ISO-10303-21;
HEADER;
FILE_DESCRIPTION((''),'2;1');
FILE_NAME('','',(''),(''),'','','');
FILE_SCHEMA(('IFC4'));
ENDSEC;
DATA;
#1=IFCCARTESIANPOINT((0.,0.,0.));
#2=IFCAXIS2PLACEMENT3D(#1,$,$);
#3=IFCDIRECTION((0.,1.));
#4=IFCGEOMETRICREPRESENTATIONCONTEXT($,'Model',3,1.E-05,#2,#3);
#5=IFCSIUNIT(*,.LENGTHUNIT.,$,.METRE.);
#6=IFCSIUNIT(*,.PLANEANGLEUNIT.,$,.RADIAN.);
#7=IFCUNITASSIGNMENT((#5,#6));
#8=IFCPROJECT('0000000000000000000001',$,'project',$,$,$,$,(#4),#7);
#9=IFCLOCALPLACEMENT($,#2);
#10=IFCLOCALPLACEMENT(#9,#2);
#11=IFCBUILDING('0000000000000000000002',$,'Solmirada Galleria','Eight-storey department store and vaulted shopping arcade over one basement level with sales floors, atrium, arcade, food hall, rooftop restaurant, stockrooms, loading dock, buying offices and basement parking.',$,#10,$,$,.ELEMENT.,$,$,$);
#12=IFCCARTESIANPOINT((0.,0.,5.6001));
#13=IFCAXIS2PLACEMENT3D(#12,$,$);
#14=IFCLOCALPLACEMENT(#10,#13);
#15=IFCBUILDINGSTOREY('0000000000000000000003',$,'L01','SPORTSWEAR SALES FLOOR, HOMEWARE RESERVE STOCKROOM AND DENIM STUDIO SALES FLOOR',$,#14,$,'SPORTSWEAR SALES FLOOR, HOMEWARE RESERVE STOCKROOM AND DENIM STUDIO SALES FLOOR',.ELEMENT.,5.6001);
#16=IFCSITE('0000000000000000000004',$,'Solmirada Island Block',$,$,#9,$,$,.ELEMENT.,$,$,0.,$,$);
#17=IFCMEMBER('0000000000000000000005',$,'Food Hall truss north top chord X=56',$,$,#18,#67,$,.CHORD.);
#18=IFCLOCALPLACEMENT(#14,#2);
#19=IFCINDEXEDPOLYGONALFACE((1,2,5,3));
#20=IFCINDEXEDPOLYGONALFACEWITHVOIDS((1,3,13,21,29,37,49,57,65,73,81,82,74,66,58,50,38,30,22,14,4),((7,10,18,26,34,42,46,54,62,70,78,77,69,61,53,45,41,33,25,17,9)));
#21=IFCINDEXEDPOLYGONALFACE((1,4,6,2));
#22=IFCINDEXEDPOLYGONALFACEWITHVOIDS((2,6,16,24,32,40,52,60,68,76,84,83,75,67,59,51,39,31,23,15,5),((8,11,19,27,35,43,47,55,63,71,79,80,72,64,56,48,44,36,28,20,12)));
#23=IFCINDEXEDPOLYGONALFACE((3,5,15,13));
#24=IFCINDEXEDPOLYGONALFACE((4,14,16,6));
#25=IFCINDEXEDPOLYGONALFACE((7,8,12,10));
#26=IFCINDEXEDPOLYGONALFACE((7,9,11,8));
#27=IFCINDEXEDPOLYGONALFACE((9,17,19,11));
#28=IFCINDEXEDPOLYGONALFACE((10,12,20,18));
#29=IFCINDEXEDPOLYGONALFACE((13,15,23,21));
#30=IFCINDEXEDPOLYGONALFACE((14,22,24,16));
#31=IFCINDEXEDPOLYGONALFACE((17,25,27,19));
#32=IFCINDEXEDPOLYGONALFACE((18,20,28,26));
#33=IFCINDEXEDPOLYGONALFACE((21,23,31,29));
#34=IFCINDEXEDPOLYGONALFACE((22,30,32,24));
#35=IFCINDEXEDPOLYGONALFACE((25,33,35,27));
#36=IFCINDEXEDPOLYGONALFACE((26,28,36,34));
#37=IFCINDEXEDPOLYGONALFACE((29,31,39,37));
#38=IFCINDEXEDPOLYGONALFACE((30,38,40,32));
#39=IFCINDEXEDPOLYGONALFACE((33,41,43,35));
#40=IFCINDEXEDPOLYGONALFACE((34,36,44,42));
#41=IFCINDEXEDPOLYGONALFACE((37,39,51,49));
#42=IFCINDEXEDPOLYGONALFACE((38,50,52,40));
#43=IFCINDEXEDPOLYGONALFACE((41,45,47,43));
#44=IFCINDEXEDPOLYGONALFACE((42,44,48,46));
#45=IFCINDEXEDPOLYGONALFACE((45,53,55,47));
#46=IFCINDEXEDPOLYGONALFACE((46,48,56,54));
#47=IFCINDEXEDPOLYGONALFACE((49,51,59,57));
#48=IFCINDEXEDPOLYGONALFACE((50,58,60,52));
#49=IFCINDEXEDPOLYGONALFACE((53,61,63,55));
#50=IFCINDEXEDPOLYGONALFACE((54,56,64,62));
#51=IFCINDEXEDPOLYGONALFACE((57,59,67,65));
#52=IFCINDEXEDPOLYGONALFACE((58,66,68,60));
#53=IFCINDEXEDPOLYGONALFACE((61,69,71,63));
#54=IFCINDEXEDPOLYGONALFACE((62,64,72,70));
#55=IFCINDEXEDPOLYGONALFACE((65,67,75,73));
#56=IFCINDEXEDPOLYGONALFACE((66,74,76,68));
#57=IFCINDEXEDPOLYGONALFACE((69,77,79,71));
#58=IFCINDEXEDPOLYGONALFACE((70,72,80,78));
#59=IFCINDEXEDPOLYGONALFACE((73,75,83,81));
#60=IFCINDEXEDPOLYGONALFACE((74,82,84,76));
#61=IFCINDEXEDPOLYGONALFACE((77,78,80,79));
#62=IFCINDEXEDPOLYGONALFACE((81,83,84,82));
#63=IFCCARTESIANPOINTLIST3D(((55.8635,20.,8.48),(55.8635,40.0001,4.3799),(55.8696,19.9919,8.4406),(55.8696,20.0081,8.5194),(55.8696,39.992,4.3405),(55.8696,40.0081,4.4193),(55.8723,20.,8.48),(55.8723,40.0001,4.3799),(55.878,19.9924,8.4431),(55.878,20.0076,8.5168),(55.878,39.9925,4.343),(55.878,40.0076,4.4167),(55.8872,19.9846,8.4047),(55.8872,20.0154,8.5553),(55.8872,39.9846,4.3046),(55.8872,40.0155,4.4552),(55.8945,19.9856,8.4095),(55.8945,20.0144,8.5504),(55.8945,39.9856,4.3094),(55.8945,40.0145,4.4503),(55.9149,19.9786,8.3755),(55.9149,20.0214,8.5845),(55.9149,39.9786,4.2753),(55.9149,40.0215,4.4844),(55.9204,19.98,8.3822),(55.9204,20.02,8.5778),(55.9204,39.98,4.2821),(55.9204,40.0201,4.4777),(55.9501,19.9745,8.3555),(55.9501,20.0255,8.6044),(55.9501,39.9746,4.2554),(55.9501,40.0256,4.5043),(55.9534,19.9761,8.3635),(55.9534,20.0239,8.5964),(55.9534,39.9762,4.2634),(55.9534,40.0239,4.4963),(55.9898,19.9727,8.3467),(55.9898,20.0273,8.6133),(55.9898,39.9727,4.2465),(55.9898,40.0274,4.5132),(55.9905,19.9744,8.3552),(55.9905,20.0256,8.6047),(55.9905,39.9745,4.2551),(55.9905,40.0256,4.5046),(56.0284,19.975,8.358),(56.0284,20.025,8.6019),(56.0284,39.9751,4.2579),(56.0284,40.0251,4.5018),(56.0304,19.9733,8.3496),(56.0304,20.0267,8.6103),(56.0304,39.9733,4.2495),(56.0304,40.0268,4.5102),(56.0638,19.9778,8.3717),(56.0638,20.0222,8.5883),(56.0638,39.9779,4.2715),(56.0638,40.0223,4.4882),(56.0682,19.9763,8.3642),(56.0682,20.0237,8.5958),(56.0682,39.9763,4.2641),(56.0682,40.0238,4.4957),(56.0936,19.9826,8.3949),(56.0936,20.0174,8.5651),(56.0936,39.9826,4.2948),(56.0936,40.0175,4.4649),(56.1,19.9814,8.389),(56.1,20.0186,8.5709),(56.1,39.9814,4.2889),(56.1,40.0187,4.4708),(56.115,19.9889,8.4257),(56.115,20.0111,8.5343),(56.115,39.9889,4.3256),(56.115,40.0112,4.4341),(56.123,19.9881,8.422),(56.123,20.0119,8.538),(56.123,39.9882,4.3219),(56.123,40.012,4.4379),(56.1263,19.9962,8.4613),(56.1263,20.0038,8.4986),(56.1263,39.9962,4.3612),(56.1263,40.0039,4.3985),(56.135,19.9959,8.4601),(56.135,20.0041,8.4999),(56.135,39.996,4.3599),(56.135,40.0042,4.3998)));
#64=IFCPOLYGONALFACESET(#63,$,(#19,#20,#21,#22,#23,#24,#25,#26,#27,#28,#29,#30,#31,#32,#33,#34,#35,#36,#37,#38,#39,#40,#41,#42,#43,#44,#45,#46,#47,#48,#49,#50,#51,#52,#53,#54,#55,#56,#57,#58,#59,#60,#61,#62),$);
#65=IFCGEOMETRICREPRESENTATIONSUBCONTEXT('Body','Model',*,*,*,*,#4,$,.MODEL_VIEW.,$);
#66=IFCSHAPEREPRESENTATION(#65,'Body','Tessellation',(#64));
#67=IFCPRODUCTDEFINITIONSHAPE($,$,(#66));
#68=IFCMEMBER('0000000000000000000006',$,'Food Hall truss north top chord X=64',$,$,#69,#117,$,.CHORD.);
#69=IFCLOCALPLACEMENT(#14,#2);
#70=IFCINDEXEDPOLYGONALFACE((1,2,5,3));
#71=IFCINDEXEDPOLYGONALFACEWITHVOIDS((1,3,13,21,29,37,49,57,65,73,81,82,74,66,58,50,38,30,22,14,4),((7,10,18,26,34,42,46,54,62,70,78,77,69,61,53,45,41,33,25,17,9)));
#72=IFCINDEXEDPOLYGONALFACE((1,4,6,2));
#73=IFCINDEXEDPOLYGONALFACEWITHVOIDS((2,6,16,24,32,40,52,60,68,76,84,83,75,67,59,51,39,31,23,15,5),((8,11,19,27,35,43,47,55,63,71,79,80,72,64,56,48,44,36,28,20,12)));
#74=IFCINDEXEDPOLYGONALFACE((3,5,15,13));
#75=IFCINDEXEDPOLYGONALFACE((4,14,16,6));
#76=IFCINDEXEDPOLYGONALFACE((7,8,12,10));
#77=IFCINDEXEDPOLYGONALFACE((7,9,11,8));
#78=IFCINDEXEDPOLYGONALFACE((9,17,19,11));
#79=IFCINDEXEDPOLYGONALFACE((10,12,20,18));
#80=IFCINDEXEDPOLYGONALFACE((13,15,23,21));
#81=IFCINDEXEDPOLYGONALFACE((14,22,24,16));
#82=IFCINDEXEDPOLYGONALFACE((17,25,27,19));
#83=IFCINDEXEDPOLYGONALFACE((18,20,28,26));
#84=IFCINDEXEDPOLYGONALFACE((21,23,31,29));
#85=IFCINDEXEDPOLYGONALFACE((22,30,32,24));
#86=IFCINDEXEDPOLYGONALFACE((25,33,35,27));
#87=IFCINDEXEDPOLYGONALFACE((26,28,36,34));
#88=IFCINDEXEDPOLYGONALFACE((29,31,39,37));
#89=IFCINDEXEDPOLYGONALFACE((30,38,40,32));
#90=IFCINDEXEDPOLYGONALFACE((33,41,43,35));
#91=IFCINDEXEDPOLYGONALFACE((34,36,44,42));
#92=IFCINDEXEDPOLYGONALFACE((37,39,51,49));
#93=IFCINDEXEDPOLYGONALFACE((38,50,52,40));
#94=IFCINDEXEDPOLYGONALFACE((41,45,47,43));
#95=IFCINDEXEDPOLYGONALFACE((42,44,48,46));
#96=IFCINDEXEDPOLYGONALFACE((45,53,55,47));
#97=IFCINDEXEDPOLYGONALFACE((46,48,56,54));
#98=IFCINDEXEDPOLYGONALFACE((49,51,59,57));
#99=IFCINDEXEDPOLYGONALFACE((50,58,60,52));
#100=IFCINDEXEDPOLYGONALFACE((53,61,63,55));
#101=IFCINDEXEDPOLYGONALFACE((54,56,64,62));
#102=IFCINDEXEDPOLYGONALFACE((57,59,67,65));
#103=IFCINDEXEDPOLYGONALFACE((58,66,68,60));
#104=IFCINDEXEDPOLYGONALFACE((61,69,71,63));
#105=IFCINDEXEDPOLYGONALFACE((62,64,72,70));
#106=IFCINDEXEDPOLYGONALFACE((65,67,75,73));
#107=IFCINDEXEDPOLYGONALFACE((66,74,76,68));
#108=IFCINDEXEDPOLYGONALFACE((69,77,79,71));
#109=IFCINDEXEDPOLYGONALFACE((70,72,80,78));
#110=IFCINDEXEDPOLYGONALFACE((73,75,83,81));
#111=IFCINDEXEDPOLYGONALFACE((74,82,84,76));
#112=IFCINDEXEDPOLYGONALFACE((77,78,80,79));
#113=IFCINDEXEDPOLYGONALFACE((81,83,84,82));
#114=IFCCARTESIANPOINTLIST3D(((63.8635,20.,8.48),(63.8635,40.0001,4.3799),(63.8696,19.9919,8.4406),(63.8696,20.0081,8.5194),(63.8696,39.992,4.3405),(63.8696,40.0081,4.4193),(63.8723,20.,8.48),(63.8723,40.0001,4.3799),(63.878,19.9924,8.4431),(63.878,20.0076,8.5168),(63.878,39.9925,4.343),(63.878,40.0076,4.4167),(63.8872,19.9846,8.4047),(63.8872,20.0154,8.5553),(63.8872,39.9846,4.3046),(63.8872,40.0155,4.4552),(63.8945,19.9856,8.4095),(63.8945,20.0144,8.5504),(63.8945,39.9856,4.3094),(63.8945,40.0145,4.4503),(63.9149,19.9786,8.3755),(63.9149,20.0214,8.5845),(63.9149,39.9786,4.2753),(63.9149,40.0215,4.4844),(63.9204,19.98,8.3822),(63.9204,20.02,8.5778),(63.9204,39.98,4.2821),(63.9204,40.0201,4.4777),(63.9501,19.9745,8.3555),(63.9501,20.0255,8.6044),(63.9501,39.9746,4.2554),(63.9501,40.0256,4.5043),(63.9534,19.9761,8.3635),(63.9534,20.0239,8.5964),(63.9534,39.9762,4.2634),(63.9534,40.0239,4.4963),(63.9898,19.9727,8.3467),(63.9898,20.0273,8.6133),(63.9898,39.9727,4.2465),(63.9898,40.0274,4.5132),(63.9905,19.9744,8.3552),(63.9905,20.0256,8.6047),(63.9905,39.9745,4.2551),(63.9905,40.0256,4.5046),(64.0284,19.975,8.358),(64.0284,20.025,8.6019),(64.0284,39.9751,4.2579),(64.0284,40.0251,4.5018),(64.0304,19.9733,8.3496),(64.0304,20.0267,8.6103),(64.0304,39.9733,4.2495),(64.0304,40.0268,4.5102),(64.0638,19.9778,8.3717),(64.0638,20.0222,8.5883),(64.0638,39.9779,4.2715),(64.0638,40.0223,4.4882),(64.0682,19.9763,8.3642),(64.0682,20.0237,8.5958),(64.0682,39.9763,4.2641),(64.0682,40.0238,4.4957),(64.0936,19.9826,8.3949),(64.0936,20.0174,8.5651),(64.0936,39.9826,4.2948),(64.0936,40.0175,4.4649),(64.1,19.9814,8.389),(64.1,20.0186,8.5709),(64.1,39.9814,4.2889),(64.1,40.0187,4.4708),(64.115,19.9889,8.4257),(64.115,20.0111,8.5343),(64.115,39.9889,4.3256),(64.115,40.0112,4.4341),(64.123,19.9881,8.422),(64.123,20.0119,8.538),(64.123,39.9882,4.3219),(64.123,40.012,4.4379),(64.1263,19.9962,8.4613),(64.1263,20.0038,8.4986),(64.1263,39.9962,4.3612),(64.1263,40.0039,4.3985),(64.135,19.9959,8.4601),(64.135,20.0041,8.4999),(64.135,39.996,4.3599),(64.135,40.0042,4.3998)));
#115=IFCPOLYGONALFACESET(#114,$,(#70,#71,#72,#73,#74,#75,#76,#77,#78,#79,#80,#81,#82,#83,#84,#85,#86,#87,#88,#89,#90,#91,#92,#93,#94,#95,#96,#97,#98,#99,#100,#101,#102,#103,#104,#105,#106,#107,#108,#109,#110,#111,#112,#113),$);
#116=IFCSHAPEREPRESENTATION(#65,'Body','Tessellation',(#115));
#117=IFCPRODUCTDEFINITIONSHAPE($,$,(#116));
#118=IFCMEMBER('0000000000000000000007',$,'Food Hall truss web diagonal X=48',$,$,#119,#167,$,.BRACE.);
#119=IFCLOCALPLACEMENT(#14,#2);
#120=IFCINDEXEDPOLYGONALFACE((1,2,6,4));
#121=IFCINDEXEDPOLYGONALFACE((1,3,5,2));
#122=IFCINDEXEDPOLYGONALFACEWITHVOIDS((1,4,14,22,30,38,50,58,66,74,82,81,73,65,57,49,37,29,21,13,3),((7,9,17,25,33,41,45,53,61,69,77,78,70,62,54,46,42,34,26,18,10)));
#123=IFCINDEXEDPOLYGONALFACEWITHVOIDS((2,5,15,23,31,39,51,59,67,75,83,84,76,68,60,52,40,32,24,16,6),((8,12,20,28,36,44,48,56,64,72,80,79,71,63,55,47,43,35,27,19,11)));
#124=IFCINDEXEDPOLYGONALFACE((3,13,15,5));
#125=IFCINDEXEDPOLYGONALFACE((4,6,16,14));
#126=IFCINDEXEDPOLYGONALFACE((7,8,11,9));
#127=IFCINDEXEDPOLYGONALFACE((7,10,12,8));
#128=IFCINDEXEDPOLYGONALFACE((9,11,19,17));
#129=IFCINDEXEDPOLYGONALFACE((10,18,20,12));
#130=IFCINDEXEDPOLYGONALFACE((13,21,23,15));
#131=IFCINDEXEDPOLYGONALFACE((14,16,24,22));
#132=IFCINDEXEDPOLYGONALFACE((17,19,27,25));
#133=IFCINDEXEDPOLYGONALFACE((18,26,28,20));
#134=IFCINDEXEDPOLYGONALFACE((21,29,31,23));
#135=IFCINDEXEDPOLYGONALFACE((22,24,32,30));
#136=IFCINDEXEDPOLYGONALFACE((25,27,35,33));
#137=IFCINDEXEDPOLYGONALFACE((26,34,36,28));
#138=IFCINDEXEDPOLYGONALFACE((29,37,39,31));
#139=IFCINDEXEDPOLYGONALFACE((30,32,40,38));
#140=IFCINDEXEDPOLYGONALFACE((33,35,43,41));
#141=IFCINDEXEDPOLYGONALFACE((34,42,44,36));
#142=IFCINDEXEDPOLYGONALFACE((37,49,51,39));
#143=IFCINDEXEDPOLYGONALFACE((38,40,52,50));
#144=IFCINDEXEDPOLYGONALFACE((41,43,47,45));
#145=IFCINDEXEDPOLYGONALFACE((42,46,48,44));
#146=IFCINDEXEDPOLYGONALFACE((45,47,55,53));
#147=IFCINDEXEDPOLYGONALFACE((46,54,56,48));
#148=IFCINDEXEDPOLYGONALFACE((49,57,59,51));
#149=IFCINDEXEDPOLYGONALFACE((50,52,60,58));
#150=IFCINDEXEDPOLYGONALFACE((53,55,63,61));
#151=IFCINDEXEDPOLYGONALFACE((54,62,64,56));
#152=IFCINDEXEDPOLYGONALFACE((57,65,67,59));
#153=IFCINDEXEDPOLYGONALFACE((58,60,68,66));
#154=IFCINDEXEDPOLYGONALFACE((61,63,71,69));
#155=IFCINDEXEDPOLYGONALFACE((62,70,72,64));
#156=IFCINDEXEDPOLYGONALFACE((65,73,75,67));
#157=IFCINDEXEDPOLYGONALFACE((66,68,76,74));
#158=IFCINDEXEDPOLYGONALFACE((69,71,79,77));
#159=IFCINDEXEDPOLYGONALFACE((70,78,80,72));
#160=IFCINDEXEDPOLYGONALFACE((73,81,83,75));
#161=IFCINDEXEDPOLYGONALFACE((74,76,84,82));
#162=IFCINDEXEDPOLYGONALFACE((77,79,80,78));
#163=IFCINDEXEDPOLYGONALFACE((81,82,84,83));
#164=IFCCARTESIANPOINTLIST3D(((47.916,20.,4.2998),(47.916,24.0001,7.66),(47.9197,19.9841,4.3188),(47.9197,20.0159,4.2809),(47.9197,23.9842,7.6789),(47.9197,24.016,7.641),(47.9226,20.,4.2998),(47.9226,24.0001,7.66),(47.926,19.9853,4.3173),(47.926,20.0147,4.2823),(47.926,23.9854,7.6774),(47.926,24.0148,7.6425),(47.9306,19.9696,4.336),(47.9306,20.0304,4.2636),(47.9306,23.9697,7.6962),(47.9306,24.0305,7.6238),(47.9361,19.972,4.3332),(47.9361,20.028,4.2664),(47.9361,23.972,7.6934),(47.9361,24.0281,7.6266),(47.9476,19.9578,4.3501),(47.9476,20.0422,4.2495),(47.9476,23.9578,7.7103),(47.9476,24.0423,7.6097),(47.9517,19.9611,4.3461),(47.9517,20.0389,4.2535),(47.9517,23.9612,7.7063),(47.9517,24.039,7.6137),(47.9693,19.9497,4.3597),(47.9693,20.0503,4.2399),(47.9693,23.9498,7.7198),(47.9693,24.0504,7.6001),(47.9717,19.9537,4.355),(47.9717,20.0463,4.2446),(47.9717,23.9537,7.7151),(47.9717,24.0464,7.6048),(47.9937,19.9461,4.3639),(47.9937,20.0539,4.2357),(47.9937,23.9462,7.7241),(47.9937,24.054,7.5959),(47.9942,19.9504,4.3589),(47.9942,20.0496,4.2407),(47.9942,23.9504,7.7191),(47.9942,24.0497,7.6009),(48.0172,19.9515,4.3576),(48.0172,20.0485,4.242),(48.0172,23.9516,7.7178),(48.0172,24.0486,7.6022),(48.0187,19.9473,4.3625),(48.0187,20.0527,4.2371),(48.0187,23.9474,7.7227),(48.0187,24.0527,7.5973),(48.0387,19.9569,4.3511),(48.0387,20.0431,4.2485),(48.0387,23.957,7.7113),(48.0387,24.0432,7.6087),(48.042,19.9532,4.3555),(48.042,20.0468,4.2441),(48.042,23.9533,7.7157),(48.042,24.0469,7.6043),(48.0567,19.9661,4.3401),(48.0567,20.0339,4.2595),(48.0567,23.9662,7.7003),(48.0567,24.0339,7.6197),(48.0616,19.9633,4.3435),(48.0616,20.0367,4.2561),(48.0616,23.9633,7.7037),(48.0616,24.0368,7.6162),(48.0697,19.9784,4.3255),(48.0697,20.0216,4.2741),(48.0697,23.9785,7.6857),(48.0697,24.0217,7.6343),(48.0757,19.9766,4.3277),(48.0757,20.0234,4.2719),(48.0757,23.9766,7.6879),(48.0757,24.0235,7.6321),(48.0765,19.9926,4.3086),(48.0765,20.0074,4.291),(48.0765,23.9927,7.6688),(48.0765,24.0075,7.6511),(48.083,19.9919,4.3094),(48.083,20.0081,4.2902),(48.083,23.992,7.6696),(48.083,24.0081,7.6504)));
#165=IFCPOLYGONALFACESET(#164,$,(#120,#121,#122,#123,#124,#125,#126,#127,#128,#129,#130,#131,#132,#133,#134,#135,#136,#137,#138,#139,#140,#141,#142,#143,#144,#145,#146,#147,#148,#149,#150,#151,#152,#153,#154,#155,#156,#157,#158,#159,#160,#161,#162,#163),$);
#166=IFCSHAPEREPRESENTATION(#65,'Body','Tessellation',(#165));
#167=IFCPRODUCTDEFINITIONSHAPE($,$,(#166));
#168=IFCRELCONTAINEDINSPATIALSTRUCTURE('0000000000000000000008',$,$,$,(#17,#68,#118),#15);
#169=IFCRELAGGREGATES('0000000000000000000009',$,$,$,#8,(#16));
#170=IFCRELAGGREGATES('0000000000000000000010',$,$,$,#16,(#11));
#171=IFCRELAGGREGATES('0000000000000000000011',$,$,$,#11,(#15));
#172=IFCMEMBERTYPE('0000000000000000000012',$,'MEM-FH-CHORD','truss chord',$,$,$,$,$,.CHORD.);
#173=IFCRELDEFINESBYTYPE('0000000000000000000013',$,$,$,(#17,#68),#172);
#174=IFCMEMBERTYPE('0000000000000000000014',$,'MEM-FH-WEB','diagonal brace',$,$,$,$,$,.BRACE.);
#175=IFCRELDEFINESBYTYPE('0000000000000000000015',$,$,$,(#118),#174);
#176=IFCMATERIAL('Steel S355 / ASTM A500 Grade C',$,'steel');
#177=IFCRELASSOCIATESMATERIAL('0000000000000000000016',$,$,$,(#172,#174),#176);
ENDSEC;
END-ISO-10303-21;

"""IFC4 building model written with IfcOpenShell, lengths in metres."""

from ifc_helpers import new_model, si_unit, direction, frame, origin, origin_2d, place, context, subcontext, project, spatial, hollow_circle, extrude, material, material_profile, profile_set, type_object, element, save


model = new_model("IFC4")

# Units and contexts
model_context = context("Model", 3, precision=1e-05, world=origin(), true_north=direction((0.0, 1.0)))
body_context = subcontext(model_context, "Body", "Model", "MODEL_VIEW")
ifc_project = project(units=[si_unit("LENGTHUNIT", "METRE"), si_unit("PLANEANGLEUNIT", "RADIAN")], contexts=[model_context])

# Site, building, storey
site_placement = place(None, origin())
site = spatial("IfcSite", under=ifc_project, at=site_placement, Name="Solmirada Island Block", CompositionType="ELEMENT", RefElevation=0.0)
building_placement = place(site_placement, origin())
building = spatial("IfcBuilding", under=site, at=building_placement, Name="Solmirada Galleria", Description="Eight-storey department store and vaulted shopping arcade over one basement level with sales floors, atrium, arcade, food hall, rooftop restaurant, stockrooms, loading dock, buying offices and basement parking.", CompositionType="ELEMENT")
storey_placement = place(building_placement, frame((0.0, 0.0, 5.6001)))
storey = spatial("IfcBuildingStorey", under=building, at=storey_placement, Name="L01", Description="SPORTSWEAR SALES FLOOR, HOMEWARE RESERVE STOCKROOM AND DENIM STUDIO SALES FLOOR", LongName="SPORTSWEAR SALES FLOOR, HOMEWARE RESERVE STOCKROOM AND DENIM STUDIO SALES FLOOR", CompositionType="ELEMENT", Elevation=5.6001)

# Shared definitions
ifc_material_1 = material(Name="Steel S355 / ASTM A500 Grade C", Category="steel")

# Members
ifc_material_profile_1 = material_profile(ifc_material_1, hollow_circle(Radius=0.1365, WallThickness=0.0088, at=origin_2d()), Name="HSS10.750X0.375")
ifc_profile_set_1 = profile_set([ifc_material_profile_1], Name="Steel S355 / ASTM A500 Grade C")
member_type_1 = type_object("IfcMemberType", Name="MEM-FH-CHORD", Description="truss chord", PredefinedType="CHORD", material=ifc_profile_set_1)
for number, where, z_axis, x_axis, name in (
    (1, (56.0, 20.0, 8.48), (0.0, 0.979626, -0.200828), (-1.0, 0.0, 0.0), "Food Hall truss north top chord X=56"),
    (2, (64.0, 20.0, 8.48), (0.0, 0.979626, -0.200828), (-1.0, 0.0, 0.0), "Food Hall truss north top chord X=64"),
):
    element("IfcMember", number, at=place(storey_placement, frame(where, z_axis=z_axis, x_axis=x_axis)), inside=storey, type_object=member_type_1, Name=name, PredefinedType="CHORD", context=body_context, shape_type="SweptSolid", body=[
        extrude(hollow_circle(Radius=0.1365, WallThickness=0.0088, at=origin_2d()), origin(), (0.0, 0.0, 1.0), 20.416),
    ])
ifc_material_profile_2 = material_profile(ifc_material_1, hollow_circle(Radius=0.084, WallThickness=0.0066, at=origin_2d()), Name="HSS6.625X0.280")
ifc_profile_set_2 = profile_set([ifc_material_profile_2], Name="Steel S355 / ASTM A500 Grade C")
member_type_2 = type_object("IfcMemberType", Name="MEM-FH-WEB", Description="diagonal brace", PredefinedType="BRACE", material=ifc_profile_set_2)
member_1_placement = place(storey_placement, frame((48.0, 20.0, 4.2998), z_axis=(0.0, 0.765695, 0.643204), x_axis=(-1.0, 0.0, 0.0)))
element("IfcMember", 3, at=member_1_placement, inside=storey, type_object=member_type_2, Name="Food Hall truss web diagonal X=48", PredefinedType="BRACE", context=body_context, shape_type="SweptSolid", body=[
    extrude(hollow_circle(Radius=0.084, WallThickness=0.0066, at=origin_2d()), origin(), (0.0, 0.0, 1.0), 5.2241),
])

save(model, "model.ifc")
